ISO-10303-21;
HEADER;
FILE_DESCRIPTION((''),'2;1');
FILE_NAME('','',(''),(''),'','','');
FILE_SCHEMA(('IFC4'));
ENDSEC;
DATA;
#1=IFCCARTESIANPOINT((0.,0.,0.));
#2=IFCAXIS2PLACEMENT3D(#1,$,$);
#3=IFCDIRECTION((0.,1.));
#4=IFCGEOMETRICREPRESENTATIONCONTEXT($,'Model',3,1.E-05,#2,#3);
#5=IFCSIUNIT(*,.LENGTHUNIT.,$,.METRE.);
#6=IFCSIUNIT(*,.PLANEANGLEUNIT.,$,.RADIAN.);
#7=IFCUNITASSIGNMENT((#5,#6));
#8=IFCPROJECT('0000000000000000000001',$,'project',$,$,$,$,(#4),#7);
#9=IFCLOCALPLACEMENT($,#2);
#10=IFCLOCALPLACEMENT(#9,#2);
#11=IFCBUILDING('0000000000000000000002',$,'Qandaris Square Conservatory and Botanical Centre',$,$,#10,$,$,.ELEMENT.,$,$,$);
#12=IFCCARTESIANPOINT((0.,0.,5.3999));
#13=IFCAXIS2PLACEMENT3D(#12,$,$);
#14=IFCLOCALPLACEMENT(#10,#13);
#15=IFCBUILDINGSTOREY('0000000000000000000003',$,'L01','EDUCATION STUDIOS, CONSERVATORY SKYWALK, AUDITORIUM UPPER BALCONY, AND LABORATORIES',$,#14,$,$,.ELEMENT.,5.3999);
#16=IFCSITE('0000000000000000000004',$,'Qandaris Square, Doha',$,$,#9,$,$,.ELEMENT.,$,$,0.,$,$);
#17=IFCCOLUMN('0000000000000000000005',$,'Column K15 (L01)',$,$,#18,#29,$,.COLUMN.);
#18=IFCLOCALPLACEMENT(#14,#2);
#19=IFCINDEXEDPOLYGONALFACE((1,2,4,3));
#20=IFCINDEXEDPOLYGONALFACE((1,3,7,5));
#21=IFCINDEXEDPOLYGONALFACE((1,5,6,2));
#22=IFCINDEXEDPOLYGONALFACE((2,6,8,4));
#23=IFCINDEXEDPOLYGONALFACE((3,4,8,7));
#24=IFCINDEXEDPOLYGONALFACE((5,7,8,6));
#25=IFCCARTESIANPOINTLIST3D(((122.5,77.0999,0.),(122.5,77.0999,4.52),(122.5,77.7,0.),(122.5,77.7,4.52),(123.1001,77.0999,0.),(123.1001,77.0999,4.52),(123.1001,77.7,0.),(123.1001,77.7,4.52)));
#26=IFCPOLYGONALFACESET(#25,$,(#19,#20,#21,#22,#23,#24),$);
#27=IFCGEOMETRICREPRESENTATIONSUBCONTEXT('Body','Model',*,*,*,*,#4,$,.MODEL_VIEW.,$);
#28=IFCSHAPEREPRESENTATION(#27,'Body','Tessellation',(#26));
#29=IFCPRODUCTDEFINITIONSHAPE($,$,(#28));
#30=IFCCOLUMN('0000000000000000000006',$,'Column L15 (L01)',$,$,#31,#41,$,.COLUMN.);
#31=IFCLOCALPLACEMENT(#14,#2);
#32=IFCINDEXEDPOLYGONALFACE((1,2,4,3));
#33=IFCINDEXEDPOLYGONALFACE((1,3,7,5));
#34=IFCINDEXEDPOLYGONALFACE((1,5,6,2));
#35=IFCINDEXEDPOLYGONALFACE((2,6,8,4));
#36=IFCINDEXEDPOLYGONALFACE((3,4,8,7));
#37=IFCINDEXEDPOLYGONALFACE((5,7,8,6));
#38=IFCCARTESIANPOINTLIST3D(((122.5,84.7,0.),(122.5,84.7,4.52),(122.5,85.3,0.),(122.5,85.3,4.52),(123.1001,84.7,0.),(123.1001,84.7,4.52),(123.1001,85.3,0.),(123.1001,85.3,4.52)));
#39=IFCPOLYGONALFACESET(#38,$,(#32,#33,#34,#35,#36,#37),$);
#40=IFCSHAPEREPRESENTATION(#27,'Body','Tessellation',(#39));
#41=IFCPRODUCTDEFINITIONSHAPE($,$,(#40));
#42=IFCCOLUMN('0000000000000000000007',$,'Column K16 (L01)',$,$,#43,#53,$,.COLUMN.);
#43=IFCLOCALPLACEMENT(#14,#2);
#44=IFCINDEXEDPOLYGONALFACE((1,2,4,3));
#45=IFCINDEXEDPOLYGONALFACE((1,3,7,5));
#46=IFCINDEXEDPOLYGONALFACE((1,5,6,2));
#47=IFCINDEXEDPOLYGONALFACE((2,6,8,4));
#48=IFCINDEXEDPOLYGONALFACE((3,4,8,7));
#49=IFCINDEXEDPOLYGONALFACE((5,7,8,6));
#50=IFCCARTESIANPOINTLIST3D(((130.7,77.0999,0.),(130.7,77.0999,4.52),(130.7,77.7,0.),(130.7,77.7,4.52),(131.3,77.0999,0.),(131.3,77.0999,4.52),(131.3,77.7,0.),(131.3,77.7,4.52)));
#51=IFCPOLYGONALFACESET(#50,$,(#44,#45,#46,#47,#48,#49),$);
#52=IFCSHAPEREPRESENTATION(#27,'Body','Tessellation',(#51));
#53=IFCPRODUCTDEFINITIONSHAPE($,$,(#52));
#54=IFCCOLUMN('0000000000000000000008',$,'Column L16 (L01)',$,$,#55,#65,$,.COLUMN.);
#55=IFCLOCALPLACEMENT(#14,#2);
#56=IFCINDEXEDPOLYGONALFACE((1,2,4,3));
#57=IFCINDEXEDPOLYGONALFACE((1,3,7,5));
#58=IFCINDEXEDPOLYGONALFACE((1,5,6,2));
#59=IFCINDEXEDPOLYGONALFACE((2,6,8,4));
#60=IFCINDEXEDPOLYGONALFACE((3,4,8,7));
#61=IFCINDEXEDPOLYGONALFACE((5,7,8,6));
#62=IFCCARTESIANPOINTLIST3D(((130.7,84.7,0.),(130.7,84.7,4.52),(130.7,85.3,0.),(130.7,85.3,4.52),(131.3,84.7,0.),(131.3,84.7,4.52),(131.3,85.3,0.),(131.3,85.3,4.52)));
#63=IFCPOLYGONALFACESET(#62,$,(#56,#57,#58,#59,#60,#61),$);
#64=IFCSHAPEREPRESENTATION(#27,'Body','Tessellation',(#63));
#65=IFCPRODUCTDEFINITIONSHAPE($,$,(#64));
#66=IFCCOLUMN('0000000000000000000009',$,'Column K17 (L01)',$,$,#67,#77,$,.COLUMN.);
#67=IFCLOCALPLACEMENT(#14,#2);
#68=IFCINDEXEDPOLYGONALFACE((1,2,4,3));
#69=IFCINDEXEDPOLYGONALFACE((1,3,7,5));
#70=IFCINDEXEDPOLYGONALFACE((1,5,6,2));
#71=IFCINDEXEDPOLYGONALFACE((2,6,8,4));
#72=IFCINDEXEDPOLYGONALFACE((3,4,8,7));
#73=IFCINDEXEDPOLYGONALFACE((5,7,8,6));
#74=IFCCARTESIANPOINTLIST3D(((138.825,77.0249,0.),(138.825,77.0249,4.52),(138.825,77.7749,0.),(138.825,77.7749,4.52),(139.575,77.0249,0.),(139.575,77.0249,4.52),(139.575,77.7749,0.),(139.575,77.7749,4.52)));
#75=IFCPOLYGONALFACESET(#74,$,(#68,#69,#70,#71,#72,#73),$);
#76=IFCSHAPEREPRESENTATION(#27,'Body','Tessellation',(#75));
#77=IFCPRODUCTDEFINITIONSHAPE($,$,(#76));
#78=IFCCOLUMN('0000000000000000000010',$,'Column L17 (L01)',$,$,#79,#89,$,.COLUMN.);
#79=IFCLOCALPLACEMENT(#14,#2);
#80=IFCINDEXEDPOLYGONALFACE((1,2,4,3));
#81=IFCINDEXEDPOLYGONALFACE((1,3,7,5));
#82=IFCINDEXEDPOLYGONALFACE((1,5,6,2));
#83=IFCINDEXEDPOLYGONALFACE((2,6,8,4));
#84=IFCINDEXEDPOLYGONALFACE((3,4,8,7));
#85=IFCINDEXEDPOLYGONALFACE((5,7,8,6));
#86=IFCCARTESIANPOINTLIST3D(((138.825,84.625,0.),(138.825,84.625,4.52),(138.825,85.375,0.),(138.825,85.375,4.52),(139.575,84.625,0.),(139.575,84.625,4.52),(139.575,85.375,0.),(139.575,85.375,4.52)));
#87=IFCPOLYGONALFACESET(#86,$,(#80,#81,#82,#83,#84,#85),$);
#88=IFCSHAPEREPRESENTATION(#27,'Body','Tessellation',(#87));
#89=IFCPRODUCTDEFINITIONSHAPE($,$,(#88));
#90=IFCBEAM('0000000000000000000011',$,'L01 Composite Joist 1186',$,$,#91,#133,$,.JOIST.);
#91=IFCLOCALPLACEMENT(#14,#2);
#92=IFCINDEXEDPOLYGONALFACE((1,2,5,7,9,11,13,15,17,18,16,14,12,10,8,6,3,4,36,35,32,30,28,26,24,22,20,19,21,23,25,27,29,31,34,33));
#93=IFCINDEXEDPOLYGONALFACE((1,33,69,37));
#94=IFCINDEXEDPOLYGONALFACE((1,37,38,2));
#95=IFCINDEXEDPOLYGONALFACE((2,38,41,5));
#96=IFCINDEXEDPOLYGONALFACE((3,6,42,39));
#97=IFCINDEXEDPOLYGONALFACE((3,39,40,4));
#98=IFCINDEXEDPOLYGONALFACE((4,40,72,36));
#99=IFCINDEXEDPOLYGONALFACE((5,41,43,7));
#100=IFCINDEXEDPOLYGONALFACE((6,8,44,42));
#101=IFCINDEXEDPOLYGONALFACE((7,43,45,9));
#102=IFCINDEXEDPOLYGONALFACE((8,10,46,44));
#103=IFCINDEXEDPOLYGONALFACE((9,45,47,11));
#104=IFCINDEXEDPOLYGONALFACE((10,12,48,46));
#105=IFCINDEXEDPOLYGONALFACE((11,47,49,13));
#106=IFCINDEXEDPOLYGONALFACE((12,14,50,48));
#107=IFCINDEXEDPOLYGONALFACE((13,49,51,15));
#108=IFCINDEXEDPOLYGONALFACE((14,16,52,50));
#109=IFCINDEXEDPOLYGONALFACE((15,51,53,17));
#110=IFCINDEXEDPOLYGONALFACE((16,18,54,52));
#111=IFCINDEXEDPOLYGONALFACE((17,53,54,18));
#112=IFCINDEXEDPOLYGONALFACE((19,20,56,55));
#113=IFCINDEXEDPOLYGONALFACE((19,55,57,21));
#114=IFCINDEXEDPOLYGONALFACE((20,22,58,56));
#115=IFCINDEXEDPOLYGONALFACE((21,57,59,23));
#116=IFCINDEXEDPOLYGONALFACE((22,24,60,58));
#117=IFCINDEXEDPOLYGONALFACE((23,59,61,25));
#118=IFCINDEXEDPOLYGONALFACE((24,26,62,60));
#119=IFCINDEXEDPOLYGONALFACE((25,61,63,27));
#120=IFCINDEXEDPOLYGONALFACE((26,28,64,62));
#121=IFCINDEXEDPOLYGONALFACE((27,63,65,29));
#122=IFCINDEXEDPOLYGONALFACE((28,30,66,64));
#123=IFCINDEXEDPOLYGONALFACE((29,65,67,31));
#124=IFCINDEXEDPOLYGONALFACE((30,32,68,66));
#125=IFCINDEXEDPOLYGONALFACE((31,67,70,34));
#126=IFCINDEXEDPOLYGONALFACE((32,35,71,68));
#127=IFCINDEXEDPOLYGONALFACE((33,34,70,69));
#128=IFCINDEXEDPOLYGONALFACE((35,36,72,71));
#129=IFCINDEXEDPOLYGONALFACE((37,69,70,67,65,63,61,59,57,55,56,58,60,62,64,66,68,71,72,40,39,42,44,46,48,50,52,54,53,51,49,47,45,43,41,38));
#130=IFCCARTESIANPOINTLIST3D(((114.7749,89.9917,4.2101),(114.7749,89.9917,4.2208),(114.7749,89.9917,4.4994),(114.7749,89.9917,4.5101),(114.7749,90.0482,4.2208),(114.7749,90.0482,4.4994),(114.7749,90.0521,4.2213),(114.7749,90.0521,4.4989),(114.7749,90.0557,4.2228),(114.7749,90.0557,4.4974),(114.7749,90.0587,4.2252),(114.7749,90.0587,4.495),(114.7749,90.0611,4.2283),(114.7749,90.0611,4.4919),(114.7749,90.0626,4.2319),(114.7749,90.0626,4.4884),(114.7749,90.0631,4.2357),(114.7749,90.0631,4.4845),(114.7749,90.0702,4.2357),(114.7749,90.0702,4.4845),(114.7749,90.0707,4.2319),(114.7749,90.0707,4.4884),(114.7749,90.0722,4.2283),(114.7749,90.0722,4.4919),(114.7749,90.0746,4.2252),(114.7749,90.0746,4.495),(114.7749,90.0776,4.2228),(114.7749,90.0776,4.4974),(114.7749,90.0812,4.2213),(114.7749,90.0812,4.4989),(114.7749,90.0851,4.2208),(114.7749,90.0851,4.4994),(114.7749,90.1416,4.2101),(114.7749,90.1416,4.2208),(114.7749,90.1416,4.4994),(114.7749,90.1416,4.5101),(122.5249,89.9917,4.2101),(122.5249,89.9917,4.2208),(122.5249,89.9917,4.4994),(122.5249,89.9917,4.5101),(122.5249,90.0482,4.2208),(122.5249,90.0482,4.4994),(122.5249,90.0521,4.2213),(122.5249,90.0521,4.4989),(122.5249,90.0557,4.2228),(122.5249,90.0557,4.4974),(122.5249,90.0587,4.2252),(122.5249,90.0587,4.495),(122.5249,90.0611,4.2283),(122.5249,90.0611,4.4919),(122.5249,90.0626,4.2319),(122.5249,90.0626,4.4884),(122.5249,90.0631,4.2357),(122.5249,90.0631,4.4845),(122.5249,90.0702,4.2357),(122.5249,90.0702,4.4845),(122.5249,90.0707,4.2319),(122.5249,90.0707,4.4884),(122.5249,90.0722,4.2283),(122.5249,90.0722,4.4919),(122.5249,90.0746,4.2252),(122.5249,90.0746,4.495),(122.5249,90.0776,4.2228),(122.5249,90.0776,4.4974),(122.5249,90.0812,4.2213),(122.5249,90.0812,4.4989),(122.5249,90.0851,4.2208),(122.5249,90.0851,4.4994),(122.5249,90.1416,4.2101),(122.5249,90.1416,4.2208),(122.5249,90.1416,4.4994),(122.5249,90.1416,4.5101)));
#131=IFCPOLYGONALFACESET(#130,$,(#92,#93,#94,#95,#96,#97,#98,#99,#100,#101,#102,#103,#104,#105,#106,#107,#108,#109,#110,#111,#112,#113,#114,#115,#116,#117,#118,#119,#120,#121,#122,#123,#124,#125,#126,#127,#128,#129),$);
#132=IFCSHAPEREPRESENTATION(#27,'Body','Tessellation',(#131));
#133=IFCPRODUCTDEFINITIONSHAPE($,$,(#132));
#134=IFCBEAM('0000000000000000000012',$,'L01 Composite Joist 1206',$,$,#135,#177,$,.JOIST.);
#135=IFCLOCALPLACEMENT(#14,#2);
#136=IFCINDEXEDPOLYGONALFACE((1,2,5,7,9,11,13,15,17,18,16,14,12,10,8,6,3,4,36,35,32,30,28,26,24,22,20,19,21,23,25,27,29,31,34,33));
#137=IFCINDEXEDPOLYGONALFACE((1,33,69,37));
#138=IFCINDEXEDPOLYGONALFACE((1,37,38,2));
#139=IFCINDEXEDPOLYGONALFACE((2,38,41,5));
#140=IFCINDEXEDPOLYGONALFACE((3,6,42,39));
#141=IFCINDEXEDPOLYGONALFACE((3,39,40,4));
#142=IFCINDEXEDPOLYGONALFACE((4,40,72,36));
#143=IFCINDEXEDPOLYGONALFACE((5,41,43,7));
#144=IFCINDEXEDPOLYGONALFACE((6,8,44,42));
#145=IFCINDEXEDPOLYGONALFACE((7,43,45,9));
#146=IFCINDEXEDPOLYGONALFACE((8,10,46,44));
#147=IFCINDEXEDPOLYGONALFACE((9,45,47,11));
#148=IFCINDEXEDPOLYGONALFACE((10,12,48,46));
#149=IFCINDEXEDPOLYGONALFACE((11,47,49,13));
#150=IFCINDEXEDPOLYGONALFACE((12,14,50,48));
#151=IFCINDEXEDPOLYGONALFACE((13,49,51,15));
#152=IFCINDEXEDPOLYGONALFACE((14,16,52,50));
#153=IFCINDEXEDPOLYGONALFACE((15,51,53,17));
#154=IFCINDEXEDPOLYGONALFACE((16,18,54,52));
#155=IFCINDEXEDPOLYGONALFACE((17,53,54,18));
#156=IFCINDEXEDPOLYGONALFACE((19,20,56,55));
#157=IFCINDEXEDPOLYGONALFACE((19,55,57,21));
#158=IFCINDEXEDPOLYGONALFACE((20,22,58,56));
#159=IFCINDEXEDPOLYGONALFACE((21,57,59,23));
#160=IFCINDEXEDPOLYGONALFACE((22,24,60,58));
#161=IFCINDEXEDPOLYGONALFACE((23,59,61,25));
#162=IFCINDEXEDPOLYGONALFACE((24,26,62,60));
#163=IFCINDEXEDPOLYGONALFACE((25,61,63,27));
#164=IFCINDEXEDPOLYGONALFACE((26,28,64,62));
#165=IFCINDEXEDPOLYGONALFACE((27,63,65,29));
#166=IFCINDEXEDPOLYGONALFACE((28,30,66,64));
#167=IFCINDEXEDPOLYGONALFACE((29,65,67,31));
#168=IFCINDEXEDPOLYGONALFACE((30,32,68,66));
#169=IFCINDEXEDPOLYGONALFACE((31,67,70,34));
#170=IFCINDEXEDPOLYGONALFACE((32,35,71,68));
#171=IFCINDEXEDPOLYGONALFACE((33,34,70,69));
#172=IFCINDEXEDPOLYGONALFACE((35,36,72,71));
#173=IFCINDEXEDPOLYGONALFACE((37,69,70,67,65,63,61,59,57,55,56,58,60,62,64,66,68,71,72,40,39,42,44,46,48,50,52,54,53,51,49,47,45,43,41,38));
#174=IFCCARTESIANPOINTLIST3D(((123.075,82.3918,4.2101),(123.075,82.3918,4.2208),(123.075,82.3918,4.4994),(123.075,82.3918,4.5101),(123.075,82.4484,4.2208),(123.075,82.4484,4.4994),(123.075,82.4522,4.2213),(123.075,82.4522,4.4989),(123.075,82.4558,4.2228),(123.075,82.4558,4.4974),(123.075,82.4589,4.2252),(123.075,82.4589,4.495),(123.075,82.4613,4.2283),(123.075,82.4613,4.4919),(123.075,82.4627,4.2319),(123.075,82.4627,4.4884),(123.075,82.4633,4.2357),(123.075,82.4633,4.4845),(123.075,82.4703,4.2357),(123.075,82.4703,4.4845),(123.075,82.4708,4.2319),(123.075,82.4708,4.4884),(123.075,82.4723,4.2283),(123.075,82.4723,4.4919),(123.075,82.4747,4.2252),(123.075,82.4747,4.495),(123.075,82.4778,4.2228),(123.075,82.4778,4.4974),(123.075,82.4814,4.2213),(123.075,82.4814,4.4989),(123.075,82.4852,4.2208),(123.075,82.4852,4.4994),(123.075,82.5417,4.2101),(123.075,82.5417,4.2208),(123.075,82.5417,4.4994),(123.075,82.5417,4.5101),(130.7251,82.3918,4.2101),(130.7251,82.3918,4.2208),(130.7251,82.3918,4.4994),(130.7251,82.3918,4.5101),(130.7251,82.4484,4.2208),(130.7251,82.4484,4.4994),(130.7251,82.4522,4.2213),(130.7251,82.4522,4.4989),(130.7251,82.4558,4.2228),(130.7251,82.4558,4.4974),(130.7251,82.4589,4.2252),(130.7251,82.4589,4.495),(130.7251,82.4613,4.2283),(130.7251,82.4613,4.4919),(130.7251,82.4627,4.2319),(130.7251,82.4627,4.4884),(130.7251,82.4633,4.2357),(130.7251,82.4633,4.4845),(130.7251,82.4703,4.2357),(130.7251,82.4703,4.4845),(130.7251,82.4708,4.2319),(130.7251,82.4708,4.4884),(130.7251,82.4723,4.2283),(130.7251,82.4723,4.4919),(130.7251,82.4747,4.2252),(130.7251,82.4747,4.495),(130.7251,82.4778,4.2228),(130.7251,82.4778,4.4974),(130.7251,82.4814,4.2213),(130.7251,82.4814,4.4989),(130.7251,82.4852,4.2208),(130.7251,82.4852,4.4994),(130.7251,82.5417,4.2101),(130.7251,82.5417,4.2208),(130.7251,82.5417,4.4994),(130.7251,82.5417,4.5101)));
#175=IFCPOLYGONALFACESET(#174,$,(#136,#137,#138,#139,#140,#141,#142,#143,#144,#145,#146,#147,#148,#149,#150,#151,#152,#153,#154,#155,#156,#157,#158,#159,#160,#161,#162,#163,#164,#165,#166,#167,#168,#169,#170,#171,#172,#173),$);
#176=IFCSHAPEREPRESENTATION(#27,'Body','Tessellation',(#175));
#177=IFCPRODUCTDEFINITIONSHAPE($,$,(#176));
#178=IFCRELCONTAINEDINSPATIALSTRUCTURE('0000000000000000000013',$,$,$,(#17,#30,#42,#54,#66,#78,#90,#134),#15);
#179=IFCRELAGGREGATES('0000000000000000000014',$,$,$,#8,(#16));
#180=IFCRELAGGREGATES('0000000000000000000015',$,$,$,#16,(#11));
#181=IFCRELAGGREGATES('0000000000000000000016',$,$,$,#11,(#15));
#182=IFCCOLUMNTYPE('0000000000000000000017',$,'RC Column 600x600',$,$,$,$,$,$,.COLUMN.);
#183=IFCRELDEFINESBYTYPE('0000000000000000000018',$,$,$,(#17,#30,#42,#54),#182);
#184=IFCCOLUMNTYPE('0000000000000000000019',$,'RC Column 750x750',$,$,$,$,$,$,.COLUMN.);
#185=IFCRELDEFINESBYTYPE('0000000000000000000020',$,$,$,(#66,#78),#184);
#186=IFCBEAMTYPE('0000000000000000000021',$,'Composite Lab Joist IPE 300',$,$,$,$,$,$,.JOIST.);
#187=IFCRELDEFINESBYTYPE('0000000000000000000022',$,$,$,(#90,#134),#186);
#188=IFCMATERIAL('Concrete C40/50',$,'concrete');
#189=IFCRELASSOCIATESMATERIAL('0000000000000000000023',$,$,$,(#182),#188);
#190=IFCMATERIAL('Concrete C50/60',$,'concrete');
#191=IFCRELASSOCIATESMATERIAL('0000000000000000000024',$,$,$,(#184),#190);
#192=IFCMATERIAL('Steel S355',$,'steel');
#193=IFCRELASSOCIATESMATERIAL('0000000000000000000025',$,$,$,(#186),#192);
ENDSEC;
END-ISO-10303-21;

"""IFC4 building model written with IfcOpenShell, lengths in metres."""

from ifc_helpers import new_model, si_unit, direction, frame, origin, origin_2d, place, context, subcontext, project, spatial, rectangle, i_section, extrude, material, material_profile, profile_set, type_object, element, save


model = new_model("IFC4")

# Units and contexts
model_context = context("Model", 3, precision=1e-05, world=origin(), true_north=direction((0.0, 1.0)))
body_context = subcontext(model_context, "Body", "Model", "MODEL_VIEW")
ifc_project = project(units=[si_unit("LENGTHUNIT", "METRE"), si_unit("PLANEANGLEUNIT", "RADIAN")], contexts=[model_context])

# Site, building, storey
site_placement = place(None, origin())
site = spatial("IfcSite", under=ifc_project, at=site_placement, Name="Qandaris Square, Doha", CompositionType="ELEMENT", RefElevation=0.0)
building_placement = place(site_placement, origin())
building = spatial("IfcBuilding", under=site, at=building_placement, Name="Qandaris Square Conservatory and Botanical Centre", CompositionType="ELEMENT")
storey_placement = place(building_placement, frame((0.0, 0.0, 5.3999)))
storey = spatial("IfcBuildingStorey", under=building, at=storey_placement, Name="L01", Description="EDUCATION STUDIOS, CONSERVATORY SKYWALK, AUDITORIUM UPPER BALCONY, AND LABORATORIES", CompositionType="ELEMENT", Elevation=5.3999)

# Columns
ifc_material_1 = material(Name="Concrete C40/50", Category="concrete")
ifc_material_profile_1 = material_profile(ifc_material_1, rectangle(XDim=0.6001, YDim=0.6001, at=origin_2d()), Name="RC-COL 600x600")
ifc_profile_set_1 = profile_set([ifc_material_profile_1], Name="Concrete C40/50")
column_type_1 = type_object("IfcColumnType", Name="RC Column 600x600", PredefinedType="COLUMN", material=ifc_profile_set_1)
for number, where, z_axis, x_axis, name in (
    (1, (122.8, 77.3999, 0.0), (0.0, 0.0, 1.0), (1.0, 0.0, 0.0), "Column K15 (L01)"),
    (2, (122.8, 85.0, 0.0), (0.0, 0.0, 1.0), (1.0, 0.0, 0.0), "Column L15 (L01)"),
    (3, (131.0, 77.3999, 0.0), (0.0, 0.0, 1.0), (1.0, 0.0, 0.0), "Column K16 (L01)"),
    (4, (131.0, 85.0, 0.0), (0.0, 0.0, 1.0), (1.0, 0.0, 0.0), "Column L16 (L01)"),
):
    element("IfcColumn", number, at=place(storey_placement, frame(where, z_axis=z_axis, x_axis=x_axis)), inside=storey, type_object=column_type_1, Name=name, PredefinedType="COLUMN", context=body_context, shape_type="SweptSolid", body=[
        extrude(rectangle(XDim=0.6001, YDim=0.6001, at=origin_2d()), origin(), (0.0, 0.0, 1.0), 4.52),
    ])
ifc_material_2 = material(Name="Concrete C50/60", Category="concrete")
ifc_material_profile_2 = material_profile(ifc_material_2, rectangle(XDim=0.75, YDim=0.75, at=origin_2d()), Name="RC-COL 750x750")
ifc_profile_set_2 = profile_set([ifc_material_profile_2], Name="Concrete C50/60")
column_type_2 = type_object("IfcColumnType", Name="RC Column 750x750", PredefinedType="COLUMN", material=ifc_profile_set_2)
for number, where, z_axis, x_axis, name in (
    (5, (139.2, 77.3999, 0.0), (0.0, 0.0, 1.0), (1.0, 0.0, 0.0), "Column K17 (L01)"),
    (6, (139.2, 85.0, 0.0), (0.0, 0.0, 1.0), (1.0, 0.0, 0.0), "Column L17 (L01)"),
):
    element("IfcColumn", number, at=place(storey_placement, frame(where, z_axis=z_axis, x_axis=x_axis)), inside=storey, type_object=column_type_2, Name=name, PredefinedType="COLUMN", context=body_context, shape_type="SweptSolid", body=[
        extrude(rectangle(XDim=0.75, YDim=0.75, at=origin_2d()), origin(), (0.0, 0.0, 1.0), 4.52),
    ])

# Beams
ifc_material_3 = material(Name="Steel S355", Category="steel")
ifc_material_profile_3 = material_profile(ifc_material_3, i_section(OverallWidth=0.1499, OverallDepth=0.3, WebThickness=0.0071, FlangeThickness=0.0107, FilletRadius=0.0149, at=origin_2d()), Name="IPE 300")
ifc_profile_set_3 = profile_set([ifc_material_profile_3], Name="Steel S355")
beam_type_1 = type_object("IfcBeamType", Name="Composite Lab Joist IPE 300", PredefinedType="JOIST", material=ifc_profile_set_3)
beam_1_placement = place(storey_placement, frame((114.7749, 90.0667, 4.3601), z_axis=(1.0, 0.0, 0.0), x_axis=(0.0, 1.0, 0.0)))
element("IfcBeam", 7, at=beam_1_placement, inside=storey, type_object=beam_type_1, Name="L01 Composite Joist 1186", PredefinedType="JOIST", context=body_context, shape_type="SweptSolid", body=[
    extrude(i_section(OverallWidth=0.1499, OverallDepth=0.3, WebThickness=0.0071, FlangeThickness=0.0107, FilletRadius=0.0149, at=origin_2d()), origin(), (0.0, 0.0, 1.0), 7.75),
])
for number, where, z_axis, x_axis, name in (
    (8, (123.075, 82.4668, 4.3601), (1.0, 0.0, 0.0), (0.0, 1.0, 0.0), "L01 Composite Joist 1206"),
):
    element("IfcBeam", number, at=place(storey_placement, frame(where, z_axis=z_axis, x_axis=x_axis)), inside=storey, type_object=beam_type_1, Name=name, PredefinedType="JOIST", context=body_context, shape_type="SweptSolid", body=[
        extrude(i_section(OverallWidth=0.1499, OverallDepth=0.3, WebThickness=0.0071, FlangeThickness=0.0107, FilletRadius=0.0149, at=origin_2d()), origin(), (0.0, 0.0, 1.0), 7.6501),
    ])

save(model, "model.ifc")
